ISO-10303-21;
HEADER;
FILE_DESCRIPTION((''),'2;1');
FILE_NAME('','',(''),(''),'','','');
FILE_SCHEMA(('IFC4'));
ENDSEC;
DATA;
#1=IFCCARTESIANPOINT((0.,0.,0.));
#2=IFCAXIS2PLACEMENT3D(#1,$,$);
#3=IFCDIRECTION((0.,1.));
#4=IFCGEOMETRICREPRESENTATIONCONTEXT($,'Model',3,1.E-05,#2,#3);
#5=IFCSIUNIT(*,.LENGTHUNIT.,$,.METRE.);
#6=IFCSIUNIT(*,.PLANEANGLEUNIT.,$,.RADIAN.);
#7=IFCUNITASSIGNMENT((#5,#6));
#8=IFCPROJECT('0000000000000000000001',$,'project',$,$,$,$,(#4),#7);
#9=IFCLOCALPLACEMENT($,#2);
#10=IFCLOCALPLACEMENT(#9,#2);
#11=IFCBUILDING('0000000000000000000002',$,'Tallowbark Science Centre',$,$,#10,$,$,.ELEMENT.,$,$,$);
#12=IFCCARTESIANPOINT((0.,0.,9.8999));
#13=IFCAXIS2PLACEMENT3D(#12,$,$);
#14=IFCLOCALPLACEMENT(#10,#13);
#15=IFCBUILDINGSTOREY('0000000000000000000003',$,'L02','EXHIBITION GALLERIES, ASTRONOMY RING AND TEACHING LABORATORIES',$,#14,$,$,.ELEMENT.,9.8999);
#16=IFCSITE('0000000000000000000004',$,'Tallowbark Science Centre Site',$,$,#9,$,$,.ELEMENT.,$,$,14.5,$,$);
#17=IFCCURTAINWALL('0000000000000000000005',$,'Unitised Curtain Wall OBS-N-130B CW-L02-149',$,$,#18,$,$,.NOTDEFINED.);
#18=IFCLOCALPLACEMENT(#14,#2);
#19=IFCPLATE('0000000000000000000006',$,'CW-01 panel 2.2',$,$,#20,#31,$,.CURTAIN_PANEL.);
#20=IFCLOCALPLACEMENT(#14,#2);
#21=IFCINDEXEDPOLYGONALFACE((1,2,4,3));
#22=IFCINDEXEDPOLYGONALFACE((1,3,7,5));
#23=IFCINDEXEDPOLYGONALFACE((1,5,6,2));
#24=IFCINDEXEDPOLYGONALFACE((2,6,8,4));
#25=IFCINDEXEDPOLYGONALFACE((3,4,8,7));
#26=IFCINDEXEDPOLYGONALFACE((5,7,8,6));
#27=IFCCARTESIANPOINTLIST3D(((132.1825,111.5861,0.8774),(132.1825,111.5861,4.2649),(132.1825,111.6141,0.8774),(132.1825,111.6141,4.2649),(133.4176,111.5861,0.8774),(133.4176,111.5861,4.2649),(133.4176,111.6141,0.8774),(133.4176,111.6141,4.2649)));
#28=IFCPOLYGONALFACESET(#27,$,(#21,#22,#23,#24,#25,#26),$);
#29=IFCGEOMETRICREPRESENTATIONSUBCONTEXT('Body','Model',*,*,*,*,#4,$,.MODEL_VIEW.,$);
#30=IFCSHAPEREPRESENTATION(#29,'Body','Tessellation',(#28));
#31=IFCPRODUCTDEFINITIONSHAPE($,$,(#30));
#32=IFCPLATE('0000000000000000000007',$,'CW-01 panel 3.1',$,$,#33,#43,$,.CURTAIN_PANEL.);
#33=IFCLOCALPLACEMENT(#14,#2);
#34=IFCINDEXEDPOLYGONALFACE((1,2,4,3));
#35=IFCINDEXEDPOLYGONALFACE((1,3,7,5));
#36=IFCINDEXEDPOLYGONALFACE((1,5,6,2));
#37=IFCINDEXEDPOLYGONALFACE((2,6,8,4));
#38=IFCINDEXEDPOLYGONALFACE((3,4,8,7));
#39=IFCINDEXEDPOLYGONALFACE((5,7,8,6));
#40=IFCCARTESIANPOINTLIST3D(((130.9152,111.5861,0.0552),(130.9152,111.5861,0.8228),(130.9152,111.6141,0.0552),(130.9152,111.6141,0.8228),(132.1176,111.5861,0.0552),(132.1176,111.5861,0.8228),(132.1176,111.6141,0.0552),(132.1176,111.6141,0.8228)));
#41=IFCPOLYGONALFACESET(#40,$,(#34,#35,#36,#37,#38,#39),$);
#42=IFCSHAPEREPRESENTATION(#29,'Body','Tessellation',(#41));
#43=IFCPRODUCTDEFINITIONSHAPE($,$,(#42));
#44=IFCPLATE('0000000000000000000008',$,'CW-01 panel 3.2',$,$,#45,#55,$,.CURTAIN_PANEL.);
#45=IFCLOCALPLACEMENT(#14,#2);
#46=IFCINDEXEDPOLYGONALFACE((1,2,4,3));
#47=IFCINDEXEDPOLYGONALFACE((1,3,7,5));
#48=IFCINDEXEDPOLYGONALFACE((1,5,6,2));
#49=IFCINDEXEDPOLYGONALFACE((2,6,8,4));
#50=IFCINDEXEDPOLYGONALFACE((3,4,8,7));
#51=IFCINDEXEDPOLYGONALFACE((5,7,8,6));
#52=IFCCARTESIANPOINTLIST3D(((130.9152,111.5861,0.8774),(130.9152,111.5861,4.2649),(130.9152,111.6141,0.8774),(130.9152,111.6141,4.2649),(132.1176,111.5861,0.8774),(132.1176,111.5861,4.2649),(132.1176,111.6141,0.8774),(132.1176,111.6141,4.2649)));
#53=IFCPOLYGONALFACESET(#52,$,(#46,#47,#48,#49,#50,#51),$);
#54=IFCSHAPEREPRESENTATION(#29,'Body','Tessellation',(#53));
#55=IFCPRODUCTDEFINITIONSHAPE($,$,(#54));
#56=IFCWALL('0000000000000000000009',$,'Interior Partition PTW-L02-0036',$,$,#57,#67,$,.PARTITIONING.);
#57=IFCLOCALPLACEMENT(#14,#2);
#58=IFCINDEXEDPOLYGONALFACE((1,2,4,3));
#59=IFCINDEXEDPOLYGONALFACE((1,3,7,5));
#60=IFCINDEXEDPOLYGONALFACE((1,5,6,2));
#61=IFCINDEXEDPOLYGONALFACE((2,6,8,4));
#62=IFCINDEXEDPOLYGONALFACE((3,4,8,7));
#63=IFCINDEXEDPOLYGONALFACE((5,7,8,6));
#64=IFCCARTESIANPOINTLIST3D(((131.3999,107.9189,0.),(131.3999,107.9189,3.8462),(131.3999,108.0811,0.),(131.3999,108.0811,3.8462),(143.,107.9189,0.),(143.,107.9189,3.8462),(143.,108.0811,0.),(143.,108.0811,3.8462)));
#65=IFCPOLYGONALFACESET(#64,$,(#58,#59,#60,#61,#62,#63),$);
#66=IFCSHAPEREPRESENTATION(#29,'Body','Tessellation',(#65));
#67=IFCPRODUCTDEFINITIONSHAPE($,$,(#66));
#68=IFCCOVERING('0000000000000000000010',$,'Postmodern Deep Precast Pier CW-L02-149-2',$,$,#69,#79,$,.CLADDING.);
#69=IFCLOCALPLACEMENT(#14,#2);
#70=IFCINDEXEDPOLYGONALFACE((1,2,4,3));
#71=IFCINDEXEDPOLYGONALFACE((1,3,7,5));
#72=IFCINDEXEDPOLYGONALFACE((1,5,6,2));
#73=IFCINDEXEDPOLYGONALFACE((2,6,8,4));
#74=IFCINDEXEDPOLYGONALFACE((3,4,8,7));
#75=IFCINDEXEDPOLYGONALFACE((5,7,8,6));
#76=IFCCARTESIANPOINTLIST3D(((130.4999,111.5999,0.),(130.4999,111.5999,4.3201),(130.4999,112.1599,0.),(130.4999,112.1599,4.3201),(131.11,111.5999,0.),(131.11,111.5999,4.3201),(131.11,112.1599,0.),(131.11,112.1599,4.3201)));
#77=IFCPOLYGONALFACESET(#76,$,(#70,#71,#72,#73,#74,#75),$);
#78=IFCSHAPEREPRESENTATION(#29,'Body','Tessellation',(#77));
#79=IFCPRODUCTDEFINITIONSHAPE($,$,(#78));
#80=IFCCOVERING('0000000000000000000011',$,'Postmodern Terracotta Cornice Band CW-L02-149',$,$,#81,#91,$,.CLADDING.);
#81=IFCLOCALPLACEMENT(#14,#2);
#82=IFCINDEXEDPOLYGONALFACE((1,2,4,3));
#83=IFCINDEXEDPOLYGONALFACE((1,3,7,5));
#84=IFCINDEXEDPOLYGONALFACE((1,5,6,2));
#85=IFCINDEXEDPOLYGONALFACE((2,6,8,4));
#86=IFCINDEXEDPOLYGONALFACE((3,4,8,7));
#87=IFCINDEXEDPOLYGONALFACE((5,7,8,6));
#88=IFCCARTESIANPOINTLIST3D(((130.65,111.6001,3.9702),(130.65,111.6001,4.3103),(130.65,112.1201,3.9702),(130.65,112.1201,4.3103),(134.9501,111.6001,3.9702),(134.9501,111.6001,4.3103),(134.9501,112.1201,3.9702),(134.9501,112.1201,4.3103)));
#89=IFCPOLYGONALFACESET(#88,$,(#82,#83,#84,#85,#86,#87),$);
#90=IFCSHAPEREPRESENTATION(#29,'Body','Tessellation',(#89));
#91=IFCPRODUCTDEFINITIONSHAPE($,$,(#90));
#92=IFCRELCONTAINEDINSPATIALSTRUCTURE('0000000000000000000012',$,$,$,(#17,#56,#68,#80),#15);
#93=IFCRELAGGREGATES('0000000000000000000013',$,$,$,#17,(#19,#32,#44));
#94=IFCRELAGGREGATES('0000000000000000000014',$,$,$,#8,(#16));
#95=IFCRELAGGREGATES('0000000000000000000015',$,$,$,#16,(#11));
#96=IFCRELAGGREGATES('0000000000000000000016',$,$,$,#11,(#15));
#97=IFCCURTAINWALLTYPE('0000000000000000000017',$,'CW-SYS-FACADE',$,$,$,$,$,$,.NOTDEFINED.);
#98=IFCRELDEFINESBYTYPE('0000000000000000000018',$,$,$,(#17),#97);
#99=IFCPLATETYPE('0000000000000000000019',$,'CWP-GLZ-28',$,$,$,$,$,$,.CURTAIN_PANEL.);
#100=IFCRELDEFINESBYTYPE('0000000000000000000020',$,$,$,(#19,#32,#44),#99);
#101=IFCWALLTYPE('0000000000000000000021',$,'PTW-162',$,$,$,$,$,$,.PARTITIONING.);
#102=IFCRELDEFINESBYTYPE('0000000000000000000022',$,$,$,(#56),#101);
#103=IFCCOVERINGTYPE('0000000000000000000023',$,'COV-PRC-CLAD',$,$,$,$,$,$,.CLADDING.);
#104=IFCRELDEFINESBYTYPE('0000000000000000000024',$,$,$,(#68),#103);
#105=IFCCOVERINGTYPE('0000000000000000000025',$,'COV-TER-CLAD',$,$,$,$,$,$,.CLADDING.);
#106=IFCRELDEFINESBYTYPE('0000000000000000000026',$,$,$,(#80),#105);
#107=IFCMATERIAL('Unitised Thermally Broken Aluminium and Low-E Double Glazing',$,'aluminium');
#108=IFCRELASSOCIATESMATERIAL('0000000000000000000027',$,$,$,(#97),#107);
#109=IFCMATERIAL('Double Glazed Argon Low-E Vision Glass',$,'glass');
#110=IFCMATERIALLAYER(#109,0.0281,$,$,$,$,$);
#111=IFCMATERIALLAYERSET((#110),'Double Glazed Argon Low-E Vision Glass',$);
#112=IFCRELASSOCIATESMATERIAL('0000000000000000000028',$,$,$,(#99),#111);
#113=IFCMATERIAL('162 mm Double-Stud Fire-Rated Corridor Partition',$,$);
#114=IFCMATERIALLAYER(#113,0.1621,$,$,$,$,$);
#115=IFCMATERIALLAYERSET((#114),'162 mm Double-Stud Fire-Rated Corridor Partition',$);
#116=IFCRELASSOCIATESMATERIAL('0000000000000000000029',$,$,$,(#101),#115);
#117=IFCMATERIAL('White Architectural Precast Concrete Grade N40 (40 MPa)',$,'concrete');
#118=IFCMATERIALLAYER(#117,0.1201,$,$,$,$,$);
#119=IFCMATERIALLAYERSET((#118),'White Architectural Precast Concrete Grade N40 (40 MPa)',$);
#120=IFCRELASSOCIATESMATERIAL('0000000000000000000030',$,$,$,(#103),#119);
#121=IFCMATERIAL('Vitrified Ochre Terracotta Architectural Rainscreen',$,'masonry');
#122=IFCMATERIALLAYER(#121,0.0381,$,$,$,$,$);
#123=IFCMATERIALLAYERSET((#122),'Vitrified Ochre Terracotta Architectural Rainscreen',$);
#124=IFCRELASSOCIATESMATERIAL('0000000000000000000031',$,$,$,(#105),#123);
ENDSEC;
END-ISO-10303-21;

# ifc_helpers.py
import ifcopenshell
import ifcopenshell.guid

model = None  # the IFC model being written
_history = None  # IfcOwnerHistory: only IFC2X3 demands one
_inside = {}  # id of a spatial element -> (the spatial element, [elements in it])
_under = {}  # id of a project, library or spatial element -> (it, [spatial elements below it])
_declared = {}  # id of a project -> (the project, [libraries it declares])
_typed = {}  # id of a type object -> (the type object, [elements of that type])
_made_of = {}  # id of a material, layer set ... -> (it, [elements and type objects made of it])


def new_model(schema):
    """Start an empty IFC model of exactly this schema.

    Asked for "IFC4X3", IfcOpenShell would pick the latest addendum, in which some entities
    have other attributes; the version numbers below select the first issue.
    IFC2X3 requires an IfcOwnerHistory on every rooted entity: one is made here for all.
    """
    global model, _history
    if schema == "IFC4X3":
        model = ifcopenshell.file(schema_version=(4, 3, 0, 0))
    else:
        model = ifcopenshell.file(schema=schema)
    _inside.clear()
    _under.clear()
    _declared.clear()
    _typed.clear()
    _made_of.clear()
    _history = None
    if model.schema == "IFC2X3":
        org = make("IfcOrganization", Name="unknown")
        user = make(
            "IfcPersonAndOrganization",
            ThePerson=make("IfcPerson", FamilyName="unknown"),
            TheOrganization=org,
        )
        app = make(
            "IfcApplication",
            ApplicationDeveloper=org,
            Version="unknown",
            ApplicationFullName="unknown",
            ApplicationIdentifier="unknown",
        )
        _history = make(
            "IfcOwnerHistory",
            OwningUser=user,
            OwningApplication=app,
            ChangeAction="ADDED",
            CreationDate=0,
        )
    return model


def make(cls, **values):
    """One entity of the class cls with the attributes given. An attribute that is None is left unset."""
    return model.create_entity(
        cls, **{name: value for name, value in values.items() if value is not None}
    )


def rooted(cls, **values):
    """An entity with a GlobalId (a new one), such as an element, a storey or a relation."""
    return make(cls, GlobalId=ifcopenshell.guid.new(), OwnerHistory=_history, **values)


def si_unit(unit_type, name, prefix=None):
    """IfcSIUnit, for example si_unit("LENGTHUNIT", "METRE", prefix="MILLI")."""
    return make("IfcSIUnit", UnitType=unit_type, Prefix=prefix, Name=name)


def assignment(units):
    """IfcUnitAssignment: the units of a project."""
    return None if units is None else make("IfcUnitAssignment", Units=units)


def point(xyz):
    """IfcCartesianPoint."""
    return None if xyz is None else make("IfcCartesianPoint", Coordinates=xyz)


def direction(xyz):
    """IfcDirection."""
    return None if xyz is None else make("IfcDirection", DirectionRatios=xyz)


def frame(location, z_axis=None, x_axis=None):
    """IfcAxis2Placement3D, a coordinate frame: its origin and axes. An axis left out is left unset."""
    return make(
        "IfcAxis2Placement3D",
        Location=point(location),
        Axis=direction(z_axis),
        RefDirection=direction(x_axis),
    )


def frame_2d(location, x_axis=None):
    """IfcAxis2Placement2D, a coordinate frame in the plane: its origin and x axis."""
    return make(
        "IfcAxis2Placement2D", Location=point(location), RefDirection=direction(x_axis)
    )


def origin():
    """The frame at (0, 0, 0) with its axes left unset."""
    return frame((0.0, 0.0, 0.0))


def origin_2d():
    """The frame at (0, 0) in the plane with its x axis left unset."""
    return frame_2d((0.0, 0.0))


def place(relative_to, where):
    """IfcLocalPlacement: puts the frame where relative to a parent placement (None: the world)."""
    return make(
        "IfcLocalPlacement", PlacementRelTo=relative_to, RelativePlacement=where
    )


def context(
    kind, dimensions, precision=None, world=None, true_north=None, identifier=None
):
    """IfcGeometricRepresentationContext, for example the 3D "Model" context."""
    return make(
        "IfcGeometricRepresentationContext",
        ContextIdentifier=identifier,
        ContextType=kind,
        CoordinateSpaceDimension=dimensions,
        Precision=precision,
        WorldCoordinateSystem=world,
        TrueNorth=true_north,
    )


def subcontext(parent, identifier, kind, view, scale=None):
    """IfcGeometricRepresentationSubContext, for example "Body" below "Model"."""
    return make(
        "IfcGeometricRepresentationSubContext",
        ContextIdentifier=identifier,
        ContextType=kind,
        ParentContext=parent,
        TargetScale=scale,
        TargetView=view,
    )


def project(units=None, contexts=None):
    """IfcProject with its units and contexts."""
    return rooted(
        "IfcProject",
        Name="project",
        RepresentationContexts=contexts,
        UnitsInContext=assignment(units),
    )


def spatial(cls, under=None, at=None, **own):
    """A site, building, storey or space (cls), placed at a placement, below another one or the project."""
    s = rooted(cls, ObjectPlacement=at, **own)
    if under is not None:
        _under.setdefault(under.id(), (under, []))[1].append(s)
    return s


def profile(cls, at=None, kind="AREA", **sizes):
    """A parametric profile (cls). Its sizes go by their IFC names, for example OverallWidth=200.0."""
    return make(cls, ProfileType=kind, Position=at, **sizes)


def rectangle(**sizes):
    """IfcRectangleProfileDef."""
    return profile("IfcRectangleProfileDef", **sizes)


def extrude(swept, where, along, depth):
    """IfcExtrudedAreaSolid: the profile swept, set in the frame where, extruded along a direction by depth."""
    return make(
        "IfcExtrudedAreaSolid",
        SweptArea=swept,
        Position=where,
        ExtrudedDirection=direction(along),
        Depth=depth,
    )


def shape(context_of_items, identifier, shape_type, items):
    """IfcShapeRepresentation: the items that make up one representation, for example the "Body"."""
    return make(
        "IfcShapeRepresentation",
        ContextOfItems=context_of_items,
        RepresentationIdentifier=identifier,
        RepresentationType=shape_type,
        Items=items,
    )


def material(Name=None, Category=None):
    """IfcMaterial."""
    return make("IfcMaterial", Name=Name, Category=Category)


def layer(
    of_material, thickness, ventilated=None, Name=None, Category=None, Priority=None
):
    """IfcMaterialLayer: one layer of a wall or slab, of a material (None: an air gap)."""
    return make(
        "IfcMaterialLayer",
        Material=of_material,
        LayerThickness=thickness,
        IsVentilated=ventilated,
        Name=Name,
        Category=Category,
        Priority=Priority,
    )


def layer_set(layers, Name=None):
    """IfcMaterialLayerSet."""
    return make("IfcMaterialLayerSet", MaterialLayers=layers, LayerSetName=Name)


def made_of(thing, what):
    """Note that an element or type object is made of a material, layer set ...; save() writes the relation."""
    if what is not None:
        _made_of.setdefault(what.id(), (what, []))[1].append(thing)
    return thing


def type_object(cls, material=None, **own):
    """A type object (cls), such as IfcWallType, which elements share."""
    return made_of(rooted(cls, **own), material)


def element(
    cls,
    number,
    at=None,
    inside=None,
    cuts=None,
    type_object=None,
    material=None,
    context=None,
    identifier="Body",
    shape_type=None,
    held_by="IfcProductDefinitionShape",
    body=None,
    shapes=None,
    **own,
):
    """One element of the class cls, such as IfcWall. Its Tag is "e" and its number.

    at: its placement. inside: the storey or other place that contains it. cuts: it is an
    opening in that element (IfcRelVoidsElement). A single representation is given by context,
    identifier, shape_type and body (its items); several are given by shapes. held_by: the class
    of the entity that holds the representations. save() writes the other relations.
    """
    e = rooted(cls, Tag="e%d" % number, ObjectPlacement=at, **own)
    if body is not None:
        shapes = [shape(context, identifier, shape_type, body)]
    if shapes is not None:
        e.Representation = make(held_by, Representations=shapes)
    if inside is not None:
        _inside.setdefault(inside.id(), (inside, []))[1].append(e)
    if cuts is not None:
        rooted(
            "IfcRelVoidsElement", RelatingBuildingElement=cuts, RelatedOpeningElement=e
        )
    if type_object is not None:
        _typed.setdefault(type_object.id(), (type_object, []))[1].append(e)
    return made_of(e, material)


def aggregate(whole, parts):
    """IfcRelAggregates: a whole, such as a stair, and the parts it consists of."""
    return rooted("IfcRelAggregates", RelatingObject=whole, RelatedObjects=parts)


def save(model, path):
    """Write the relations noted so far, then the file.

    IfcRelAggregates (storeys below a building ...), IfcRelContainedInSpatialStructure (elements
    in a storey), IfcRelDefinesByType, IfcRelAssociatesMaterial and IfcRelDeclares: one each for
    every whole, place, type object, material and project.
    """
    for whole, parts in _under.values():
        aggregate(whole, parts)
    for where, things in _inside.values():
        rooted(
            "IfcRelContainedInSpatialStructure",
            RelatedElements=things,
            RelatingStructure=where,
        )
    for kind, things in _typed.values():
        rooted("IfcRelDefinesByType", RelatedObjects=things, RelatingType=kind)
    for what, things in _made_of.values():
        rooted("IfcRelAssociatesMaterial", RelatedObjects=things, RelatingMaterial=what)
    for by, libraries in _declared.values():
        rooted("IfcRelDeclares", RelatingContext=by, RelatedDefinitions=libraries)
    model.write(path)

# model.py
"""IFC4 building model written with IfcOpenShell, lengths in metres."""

from ifc_helpers import new_model, si_unit, direction, frame, frame_2d, origin, origin_2d, place, context, subcontext, project, spatial, rectangle, extrude, material, layer, layer_set, type_object, element, aggregate, save


model = new_model("IFC4")

# Units and contexts
model_context = context("Model", 3, precision=1e-05, world=origin(), true_north=direction((0.0, 1.0)))
body_context = subcontext(model_context, "Body", "Model", "MODEL_VIEW")
ifc_project = project(units=[si_unit("LENGTHUNIT", "METRE"), si_unit("PLANEANGLEUNIT", "RADIAN")], contexts=[model_context])

# Site, building, storey
site_placement = place(None, origin())
site = spatial("IfcSite", under=ifc_project, at=site_placement, Name="Tallowbark Science Centre Site", CompositionType="ELEMENT", RefElevation=14.5)
building_placement = place(site_placement, origin())
building = spatial("IfcBuilding", under=site, at=building_placement, Name="Tallowbark Science Centre", CompositionType="ELEMENT")
storey_placement = place(building_placement, frame((0.0, 0.0, 9.8999)))
storey = spatial("IfcBuildingStorey", under=building, at=storey_placement, Name="L02", Description="EXHIBITION GALLERIES, ASTRONOMY RING AND TEACHING LABORATORIES", CompositionType="ELEMENT", Elevation=9.8999)

# Curtain wall
ifc_material_1 = material(Name="Unitised Thermally Broken Aluminium and Low-E Double Glazing", Category="aluminium")
curtain_wall_type = type_object("IfcCurtainWallType", Name="CW-SYS-FACADE", PredefinedType="NOTDEFINED", material=ifc_material_1)
curtain_wall_placement = place(storey_placement, origin())
curtain_wall = element("IfcCurtainWall", 1, at=curtain_wall_placement, inside=storey, type_object=curtain_wall_type, Name="Unitised Curtain Wall OBS-N-130B CW-L02-149", PredefinedType="NOTDEFINED")

# Plates
ifc_material_2 = material(Name="Double Glazed Argon Low-E Vision Glass", Category="glass")
ifc_layer_1 = layer(ifc_material_2, 0.0281)
ifc_layer_set_1 = layer_set([ifc_layer_1], Name="Double Glazed Argon Low-E Vision Glass")
plate_type = type_object("IfcPlateType", Name="CWP-GLZ-28", PredefinedType="CURTAIN_PANEL", material=ifc_layer_set_1)
plate_1_placement = place(storey_placement, frame((132.8, 111.6001, 0.8774), z_axis=(0.0, 0.0, 1.0), x_axis=(-1.0, 0.0, 0.0)))
plate_1 = element("IfcPlate", 2, at=plate_1_placement, type_object=plate_type, Name="CW-01 panel 2.2", PredefinedType="CURTAIN_PANEL", context=body_context, shape_type="SweptSolid", body=[
    extrude(rectangle(XDim=1.2351, YDim=0.0281, at=origin_2d()), origin(), (0.0, 0.0, 1.0), 3.3875),
])
plate_2_placement = place(storey_placement, frame((131.5164, 111.6001, 0.0552), z_axis=(0.0, 0.0, 1.0), x_axis=(-1.0, 0.0, 0.0)))
plate_2 = element("IfcPlate", 3, at=plate_2_placement, type_object=plate_type, Name="CW-01 panel 3.1", PredefinedType="CURTAIN_PANEL", context=body_context, shape_type="SweptSolid", body=[
    extrude(rectangle(XDim=1.2024, YDim=0.0281, at=origin_2d()), origin(), (0.0, 0.0, 1.0), 0.7676),
])
plate_3_placement = place(storey_placement, frame((131.5164, 111.6001, 0.8774), z_axis=(0.0, 0.0, 1.0), x_axis=(-1.0, 0.0, 0.0)))
plate_3 = element("IfcPlate", 4, at=plate_3_placement, type_object=plate_type, Name="CW-01 panel 3.2", PredefinedType="CURTAIN_PANEL", context=body_context, shape_type="SweptSolid", body=[
    extrude(rectangle(XDim=1.2024, YDim=0.0281, at=origin_2d()), origin(), (0.0, 0.0, 1.0), 3.3875),
])
aggregate(curtain_wall, [plate_1, plate_2, plate_3])

# Wall
ifc_material_3 = material(Name="162 mm Double-Stud Fire-Rated Corridor Partition")
ifc_layer_2 = layer(ifc_material_3, 0.1621)
ifc_layer_set_2 = layer_set([ifc_layer_2], Name="162 mm Double-Stud Fire-Rated Corridor Partition")
wall_type = type_object("IfcWallType", Name="PTW-162", PredefinedType="PARTITIONING", material=ifc_layer_set_2)
wall_placement = place(storey_placement, frame((131.3999, 108.0, 0.0), z_axis=(0.0, 0.0, 1.0), x_axis=(1.0, 0.0, 0.0)))
element("IfcWall", 5, at=wall_placement, inside=storey, type_object=wall_type, Name="Interior Partition PTW-L02-0036", PredefinedType="PARTITIONING", context=body_context, shape_type="SweptSolid", body=[
    extrude(rectangle(XDim=11.6001, YDim=0.1621, at=frame_2d((5.8, 0.0))), origin(), (0.0, 0.0, 1.0), 3.8462),
])

# Coverings
ifc_material_4 = material(Name="White Architectural Precast Concrete Grade N40 (40 MPa)", Category="concrete")
ifc_layer_3 = layer(ifc_material_4, 0.1201)
ifc_layer_set_3 = layer_set([ifc_layer_3], Name="White Architectural Precast Concrete Grade N40 (40 MPa)")
covering_type_1 = type_object("IfcCoveringType", Name="COV-PRC-CLAD", PredefinedType="CLADDING", material=ifc_layer_set_3)
covering_1_placement = place(storey_placement, frame((130.8049, 111.8799, 0.0), z_axis=(0.0, 0.0, 1.0), x_axis=(-1.0, 0.0, 0.0)))
element("IfcCovering", 6, at=covering_1_placement, inside=storey, type_object=covering_type_1, Name="Postmodern Deep Precast Pier CW-L02-149-2", PredefinedType="CLADDING", context=body_context, shape_type="SweptSolid", body=[
    extrude(rectangle(XDim=0.6101, YDim=0.5601, at=origin_2d()), origin(), (0.0, 0.0, 1.0), 4.3201),
])
ifc_material_5 = material(Name="Vitrified Ochre Terracotta Architectural Rainscreen", Category="masonry")
ifc_layer_4 = layer(ifc_material_5, 0.0381)
ifc_layer_set_4 = layer_set([ifc_layer_4], Name="Vitrified Ochre Terracotta Architectural Rainscreen")
covering_type_2 = type_object("IfcCoveringType", Name="COV-TER-CLAD", PredefinedType="CLADDING", material=ifc_layer_set_4)
covering_2_placement = place(storey_placement, frame((132.8, 111.8601, 3.9702), z_axis=(0.0, 0.0, 1.0), x_axis=(-1.0, 0.0, 0.0)))
element("IfcCovering", 7, at=covering_2_placement, inside=storey, type_object=covering_type_2, Name="Postmodern Terracotta Cornice Band CW-L02-149", PredefinedType="CLADDING", context=body_context, shape_type="SweptSolid", body=[
    extrude(rectangle(XDim=4.3, YDim=0.52, at=origin_2d()), origin(), (0.0, 0.0, 1.0), 0.3401),
])

save(model, "model.ifc")
